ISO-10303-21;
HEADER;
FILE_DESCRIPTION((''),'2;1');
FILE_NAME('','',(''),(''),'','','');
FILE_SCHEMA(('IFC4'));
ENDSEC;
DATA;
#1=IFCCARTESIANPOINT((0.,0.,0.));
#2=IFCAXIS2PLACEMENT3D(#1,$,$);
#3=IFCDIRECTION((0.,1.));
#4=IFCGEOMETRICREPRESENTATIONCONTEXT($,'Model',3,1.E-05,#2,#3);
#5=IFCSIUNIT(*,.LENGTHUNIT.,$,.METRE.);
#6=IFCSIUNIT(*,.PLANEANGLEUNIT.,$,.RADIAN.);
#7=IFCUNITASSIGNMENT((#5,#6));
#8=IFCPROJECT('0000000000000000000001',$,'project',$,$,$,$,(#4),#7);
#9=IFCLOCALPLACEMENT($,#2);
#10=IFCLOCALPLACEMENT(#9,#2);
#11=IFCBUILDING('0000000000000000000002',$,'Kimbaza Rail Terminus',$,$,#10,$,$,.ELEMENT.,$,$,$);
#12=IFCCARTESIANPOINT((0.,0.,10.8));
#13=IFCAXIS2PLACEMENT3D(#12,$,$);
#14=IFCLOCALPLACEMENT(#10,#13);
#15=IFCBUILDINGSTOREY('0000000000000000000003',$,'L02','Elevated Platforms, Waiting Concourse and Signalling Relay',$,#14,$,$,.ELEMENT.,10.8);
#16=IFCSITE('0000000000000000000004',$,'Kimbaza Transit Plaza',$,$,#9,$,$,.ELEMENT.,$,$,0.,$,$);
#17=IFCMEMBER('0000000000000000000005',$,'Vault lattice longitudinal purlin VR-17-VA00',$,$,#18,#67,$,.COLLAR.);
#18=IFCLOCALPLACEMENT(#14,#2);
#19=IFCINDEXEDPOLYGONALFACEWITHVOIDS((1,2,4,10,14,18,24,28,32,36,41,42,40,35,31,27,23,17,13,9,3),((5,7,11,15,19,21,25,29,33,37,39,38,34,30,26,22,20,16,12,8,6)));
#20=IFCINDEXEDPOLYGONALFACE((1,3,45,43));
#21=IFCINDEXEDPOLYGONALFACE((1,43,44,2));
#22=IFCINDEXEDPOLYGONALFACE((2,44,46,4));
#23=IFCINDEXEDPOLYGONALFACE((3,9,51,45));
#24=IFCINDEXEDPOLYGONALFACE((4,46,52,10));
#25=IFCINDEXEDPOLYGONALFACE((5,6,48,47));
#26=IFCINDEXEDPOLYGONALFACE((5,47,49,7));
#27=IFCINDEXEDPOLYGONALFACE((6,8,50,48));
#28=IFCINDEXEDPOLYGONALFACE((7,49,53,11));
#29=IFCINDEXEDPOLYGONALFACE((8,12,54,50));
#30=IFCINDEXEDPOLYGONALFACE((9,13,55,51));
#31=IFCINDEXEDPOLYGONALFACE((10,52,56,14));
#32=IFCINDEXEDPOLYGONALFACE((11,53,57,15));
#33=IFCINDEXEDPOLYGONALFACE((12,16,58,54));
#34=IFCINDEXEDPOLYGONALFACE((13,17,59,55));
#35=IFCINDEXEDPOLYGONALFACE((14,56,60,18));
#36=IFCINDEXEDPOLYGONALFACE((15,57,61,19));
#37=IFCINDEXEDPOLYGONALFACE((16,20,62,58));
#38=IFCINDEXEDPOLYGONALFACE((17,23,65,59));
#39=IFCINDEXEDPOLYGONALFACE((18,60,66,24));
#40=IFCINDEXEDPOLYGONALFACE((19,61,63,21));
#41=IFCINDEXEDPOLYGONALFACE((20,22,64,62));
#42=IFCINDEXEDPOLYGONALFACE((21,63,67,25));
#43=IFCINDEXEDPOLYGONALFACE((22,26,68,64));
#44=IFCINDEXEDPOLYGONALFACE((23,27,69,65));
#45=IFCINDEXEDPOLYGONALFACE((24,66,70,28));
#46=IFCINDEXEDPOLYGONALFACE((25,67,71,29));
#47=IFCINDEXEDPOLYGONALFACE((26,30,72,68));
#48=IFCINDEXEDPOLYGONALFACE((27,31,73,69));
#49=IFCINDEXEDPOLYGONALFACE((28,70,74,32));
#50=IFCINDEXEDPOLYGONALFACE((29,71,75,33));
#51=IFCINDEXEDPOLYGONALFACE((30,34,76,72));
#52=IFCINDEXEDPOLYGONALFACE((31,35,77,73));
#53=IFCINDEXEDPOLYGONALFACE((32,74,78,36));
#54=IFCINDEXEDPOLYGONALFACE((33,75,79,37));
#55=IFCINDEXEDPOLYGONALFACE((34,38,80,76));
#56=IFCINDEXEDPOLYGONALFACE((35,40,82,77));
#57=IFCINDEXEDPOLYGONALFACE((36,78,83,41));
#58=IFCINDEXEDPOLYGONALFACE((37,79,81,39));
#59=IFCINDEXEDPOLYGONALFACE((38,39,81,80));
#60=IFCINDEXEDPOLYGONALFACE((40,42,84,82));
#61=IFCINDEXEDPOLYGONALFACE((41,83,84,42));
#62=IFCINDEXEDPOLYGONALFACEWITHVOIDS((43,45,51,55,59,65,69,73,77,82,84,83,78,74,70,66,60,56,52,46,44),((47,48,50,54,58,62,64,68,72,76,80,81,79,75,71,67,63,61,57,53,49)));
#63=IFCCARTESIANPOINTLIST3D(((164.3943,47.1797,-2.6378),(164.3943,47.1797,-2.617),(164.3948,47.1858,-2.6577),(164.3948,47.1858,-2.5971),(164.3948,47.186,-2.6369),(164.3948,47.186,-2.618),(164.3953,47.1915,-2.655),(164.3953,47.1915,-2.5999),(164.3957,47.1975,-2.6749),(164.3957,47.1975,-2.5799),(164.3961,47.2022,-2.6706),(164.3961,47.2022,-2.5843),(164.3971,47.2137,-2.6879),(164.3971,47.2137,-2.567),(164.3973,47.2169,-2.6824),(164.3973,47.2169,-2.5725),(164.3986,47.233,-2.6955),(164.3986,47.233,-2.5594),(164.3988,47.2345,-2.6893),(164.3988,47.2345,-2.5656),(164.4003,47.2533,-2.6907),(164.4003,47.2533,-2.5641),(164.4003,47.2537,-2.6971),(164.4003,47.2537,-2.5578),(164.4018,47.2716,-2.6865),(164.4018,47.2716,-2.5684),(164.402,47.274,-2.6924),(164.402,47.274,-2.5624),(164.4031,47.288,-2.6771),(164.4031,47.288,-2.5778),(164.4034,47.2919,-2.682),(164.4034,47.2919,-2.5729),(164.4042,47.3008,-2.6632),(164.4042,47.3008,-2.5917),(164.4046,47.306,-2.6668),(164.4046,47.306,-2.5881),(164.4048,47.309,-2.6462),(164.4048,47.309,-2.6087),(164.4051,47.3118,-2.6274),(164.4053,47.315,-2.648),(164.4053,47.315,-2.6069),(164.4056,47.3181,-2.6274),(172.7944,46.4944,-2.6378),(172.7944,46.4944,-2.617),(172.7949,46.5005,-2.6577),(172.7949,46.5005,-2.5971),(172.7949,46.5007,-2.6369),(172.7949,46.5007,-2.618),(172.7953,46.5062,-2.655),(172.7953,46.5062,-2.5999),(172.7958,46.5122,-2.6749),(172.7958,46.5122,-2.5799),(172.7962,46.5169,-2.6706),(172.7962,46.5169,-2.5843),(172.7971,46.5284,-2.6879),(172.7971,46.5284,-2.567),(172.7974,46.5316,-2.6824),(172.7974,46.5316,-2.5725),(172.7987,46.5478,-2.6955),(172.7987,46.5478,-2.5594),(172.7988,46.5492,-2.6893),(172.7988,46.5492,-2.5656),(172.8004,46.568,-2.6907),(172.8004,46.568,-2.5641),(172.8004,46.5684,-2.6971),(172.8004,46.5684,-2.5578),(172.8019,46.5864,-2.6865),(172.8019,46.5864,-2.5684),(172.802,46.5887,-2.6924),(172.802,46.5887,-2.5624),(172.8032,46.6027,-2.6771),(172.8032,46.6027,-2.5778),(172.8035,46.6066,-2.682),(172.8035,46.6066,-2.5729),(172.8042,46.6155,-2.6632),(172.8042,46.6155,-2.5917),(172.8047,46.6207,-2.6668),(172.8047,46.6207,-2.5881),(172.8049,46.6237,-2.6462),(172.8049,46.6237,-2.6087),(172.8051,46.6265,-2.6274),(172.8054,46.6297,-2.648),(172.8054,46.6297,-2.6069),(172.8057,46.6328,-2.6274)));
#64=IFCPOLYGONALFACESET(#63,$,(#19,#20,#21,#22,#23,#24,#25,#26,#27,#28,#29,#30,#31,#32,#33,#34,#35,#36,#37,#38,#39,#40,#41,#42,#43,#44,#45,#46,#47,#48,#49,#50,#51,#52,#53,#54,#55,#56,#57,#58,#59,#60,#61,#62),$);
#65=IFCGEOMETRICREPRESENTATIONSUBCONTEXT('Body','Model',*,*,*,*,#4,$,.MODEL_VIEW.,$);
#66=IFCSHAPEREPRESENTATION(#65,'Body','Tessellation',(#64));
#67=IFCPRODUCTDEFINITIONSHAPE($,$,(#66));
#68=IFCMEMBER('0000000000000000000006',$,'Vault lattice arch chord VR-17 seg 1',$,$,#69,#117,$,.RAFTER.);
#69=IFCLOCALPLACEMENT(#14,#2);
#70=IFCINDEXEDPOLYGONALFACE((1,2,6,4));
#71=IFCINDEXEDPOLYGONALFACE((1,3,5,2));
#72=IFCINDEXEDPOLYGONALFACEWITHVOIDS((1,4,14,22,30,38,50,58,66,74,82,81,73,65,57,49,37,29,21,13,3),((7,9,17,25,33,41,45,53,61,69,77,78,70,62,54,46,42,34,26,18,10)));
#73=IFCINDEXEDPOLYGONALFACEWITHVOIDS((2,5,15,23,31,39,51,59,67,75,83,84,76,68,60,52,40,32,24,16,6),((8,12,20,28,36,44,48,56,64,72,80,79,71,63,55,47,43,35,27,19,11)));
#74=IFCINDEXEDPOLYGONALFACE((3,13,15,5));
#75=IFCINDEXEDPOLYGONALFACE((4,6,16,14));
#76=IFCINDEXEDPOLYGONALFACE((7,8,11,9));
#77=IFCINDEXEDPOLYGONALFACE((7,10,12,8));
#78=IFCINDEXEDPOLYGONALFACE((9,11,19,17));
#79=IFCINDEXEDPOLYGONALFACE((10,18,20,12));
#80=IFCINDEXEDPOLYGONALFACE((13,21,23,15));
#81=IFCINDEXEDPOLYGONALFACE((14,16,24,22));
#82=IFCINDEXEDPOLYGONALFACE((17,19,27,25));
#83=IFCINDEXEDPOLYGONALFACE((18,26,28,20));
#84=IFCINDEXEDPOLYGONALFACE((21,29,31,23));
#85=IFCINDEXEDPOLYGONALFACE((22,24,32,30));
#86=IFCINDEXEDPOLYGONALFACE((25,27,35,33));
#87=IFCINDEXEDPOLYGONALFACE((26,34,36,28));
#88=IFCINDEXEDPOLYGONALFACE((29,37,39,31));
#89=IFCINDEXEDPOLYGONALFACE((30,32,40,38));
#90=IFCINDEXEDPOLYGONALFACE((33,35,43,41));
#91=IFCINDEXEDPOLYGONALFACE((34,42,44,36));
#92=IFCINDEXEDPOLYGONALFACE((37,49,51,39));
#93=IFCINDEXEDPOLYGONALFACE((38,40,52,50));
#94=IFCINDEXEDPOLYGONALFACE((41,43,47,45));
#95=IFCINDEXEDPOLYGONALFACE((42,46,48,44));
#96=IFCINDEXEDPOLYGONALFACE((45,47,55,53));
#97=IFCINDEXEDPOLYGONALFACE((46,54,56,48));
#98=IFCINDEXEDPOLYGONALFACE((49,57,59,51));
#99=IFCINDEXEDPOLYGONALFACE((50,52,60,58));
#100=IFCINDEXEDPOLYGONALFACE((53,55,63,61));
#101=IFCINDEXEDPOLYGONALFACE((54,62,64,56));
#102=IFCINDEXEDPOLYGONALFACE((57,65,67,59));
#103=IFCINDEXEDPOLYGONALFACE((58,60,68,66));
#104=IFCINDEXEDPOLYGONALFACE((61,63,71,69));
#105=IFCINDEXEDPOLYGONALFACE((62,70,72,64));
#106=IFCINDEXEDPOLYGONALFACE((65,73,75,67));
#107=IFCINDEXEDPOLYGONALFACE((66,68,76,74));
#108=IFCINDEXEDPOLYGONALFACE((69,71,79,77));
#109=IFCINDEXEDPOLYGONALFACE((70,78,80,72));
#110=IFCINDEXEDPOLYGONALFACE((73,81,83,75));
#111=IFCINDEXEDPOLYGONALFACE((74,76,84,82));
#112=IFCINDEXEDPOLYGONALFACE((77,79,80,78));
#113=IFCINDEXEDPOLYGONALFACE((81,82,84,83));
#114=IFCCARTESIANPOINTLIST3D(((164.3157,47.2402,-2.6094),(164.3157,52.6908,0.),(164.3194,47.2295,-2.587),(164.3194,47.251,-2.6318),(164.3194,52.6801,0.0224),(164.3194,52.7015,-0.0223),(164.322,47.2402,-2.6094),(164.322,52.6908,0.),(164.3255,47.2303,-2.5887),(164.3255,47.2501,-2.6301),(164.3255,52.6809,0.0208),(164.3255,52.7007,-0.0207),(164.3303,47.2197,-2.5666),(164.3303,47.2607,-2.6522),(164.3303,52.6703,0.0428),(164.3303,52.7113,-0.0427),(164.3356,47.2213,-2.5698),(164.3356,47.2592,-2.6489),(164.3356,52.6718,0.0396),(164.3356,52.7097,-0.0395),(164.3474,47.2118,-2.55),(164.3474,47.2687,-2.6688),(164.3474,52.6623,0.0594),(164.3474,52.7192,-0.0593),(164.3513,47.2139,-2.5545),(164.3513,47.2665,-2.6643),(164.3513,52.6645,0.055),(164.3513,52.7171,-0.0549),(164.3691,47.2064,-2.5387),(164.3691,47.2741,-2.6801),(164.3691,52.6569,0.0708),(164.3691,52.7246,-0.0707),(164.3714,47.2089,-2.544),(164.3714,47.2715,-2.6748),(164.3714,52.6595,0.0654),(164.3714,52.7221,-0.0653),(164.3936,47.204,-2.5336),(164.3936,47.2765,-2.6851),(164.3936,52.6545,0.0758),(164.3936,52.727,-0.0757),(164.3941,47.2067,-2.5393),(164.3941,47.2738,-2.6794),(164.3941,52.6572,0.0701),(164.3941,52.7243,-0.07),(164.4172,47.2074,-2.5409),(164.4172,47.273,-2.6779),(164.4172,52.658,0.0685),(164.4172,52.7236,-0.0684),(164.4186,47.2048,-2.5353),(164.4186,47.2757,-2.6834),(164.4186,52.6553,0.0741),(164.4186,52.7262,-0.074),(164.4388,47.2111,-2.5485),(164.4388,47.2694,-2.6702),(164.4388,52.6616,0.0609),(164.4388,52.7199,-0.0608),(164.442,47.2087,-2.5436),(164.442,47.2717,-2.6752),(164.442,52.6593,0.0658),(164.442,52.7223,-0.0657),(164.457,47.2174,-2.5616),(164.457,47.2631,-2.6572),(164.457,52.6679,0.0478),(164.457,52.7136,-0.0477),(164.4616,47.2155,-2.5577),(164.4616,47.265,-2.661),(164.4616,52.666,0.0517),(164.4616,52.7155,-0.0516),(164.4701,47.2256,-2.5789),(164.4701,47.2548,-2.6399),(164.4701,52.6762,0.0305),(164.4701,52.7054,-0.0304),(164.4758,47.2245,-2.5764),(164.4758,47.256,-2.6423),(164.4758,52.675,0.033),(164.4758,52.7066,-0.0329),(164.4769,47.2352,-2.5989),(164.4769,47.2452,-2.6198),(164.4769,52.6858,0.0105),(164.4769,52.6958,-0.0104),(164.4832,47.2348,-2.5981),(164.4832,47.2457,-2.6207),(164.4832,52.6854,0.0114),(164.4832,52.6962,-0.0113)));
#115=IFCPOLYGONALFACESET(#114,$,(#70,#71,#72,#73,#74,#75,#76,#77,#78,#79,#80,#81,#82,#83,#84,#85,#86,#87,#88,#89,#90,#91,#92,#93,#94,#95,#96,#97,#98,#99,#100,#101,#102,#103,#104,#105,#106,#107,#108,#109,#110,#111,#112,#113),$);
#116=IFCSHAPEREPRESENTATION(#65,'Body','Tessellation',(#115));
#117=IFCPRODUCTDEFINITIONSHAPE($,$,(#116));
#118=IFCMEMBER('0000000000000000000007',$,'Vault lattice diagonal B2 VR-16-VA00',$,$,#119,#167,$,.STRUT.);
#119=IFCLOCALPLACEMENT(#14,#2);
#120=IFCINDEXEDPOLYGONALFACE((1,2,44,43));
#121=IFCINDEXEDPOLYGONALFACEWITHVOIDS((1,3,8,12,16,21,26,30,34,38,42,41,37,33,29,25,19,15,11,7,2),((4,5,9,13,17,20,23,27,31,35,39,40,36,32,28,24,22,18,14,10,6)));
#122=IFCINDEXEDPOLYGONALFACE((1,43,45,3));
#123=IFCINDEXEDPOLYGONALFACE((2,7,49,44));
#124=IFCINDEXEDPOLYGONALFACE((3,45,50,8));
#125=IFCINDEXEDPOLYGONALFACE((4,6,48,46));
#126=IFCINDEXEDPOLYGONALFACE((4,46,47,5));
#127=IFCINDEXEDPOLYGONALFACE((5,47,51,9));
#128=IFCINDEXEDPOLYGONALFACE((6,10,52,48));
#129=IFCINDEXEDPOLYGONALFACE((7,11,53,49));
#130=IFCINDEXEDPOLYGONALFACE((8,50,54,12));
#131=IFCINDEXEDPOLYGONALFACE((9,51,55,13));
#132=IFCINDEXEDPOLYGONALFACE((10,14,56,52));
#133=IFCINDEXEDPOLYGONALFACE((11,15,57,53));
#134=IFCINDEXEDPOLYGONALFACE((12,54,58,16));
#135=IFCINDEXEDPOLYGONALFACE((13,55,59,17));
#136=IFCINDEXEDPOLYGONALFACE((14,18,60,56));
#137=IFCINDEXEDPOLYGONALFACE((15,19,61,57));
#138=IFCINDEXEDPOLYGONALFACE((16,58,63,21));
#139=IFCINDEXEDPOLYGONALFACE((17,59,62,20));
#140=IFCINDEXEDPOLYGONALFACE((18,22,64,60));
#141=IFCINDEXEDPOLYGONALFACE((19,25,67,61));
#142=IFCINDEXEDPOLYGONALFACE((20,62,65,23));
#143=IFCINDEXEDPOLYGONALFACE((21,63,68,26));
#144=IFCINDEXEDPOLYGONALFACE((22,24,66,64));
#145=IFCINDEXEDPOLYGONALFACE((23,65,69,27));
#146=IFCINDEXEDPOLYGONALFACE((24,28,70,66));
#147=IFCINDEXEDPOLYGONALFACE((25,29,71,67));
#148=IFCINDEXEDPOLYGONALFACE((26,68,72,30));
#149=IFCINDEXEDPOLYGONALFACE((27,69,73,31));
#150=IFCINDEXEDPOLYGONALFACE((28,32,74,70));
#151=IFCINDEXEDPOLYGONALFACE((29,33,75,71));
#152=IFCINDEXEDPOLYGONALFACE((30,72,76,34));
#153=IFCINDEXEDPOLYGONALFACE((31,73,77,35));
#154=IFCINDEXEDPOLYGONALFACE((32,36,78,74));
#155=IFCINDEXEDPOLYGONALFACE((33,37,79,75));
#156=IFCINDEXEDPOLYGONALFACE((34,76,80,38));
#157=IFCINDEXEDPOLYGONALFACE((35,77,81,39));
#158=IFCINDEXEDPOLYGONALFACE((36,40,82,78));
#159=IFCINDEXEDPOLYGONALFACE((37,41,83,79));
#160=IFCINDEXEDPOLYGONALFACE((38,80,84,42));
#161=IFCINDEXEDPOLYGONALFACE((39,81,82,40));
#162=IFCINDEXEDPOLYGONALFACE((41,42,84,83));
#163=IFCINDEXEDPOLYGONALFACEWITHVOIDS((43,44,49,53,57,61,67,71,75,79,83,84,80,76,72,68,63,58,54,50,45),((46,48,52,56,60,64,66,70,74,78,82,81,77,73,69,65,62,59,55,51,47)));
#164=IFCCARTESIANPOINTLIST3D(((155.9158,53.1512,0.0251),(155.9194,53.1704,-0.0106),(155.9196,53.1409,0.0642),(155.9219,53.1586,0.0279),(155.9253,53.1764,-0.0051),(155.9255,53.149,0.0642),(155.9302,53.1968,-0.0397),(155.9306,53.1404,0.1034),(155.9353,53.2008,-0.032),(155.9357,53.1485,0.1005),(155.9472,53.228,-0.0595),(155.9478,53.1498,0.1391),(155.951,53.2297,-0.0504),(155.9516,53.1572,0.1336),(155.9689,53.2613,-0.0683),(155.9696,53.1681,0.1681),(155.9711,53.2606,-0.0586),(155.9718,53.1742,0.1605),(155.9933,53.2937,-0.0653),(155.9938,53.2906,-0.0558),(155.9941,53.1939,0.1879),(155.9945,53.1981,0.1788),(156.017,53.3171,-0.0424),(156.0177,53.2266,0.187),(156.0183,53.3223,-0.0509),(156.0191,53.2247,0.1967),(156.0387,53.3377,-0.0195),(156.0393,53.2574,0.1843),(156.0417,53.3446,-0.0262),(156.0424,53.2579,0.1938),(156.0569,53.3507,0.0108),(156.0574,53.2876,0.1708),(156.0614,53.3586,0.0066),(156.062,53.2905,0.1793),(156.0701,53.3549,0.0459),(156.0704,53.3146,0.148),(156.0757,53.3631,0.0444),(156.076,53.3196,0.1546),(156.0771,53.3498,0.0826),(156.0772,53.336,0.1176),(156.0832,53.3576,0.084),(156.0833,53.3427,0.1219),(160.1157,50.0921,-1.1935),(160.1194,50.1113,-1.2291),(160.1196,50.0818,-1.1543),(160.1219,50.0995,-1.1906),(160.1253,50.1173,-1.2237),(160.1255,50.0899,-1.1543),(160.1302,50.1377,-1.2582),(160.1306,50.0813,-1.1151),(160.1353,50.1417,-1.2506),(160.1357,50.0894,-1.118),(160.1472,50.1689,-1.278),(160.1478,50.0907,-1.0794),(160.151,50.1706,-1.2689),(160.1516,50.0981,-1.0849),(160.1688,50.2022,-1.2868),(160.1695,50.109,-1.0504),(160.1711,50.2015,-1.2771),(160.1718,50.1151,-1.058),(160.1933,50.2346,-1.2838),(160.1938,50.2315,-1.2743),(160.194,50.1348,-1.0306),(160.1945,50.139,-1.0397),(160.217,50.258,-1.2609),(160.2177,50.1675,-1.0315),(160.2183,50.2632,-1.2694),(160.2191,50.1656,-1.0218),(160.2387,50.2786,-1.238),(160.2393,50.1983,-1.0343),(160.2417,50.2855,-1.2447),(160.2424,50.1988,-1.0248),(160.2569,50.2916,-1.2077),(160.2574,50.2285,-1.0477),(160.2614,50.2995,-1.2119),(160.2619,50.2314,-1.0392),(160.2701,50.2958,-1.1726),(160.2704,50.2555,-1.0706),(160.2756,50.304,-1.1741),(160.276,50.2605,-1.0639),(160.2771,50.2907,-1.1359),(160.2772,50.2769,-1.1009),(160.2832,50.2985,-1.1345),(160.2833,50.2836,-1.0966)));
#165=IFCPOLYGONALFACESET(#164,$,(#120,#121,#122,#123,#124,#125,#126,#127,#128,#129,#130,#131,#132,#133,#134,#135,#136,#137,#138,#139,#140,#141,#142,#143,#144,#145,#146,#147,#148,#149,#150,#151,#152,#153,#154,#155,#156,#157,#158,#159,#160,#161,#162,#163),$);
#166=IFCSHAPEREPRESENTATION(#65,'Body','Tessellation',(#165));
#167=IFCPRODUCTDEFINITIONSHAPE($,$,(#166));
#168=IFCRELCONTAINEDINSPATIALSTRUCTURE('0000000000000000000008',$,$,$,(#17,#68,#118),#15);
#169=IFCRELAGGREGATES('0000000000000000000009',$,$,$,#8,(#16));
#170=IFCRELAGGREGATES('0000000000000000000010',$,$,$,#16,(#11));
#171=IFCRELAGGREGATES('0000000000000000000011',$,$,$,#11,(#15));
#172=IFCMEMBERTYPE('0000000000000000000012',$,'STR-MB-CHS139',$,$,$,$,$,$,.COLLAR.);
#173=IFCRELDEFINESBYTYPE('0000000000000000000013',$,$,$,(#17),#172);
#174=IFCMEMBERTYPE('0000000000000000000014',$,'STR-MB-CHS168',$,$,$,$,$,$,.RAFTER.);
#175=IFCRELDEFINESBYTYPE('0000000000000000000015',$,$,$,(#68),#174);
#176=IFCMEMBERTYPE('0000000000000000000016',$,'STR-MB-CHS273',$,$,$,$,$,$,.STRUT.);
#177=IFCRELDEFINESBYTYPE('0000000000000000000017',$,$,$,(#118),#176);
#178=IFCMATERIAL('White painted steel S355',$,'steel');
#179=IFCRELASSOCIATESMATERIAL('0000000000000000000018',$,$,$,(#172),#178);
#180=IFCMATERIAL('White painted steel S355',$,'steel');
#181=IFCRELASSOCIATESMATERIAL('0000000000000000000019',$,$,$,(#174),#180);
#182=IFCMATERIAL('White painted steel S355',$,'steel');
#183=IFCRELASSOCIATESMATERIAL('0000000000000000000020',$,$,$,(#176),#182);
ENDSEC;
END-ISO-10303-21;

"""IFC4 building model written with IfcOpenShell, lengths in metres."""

from ifc_helpers import new_model, si_unit, direction, frame, origin, origin_2d, place, context, subcontext, project, spatial, hollow_circle, extrude, material, material_profile, profile_set, type_object, element, save


model = new_model("IFC4")

# Units and contexts
model_context = context("Model", 3, precision=1e-05, world=origin(), true_north=direction((0.0, 1.0)))
body_context = subcontext(model_context, "Body", "Model", "MODEL_VIEW")
ifc_project = project(units=[si_unit("LENGTHUNIT", "METRE"), si_unit("PLANEANGLEUNIT", "RADIAN")], contexts=[model_context])

# Site, building, storey
site_placement = place(None, origin())
site = spatial("IfcSite", under=ifc_project, at=site_placement, Name="Kimbaza Transit Plaza", CompositionType="ELEMENT", RefElevation=0.0)
building_placement = place(site_placement, origin())
building = spatial("IfcBuilding", under=site, at=building_placement, Name="Kimbaza Rail Terminus", CompositionType="ELEMENT")
storey_placement = place(building_placement, frame((0.0, 0.0, 10.8)))
storey = spatial("IfcBuildingStorey", under=building, at=storey_placement, Name="L02", Description="Elevated Platforms, Waiting Concourse and Signalling Relay", CompositionType="ELEMENT", Elevation=10.8)

# Members
ifc_material_1 = material(Name="White painted steel S355", Category="steel")
ifc_material_profile_1 = material_profile(ifc_material_1, hollow_circle(Radius=0.0698, WallThickness=0.0063, at=origin_2d()), Name="CHS 139.7x6.3")
ifc_profile_set_1 = profile_set([ifc_material_profile_1], Name="White painted steel S355")
member_type_1 = type_object("IfcMemberType", Name="STR-MB-CHS139", PredefinedType="COLLAR", material=ifc_profile_set_1)
member_1_placement = place(storey_placement, frame((164.3999, 47.2485, -2.6274), z_axis=(0.996689, -0.081312, 0.0), x_axis=(0.081312, 0.996689, 0.0)))
element("IfcMember", 1, at=member_1_placement, inside=storey, type_object=member_type_1, Name="Vault lattice longitudinal purlin VR-17-VA00", PredefinedType="COLLAR", context=body_context, shape_type="SweptSolid", body=[
    extrude(hollow_circle(Radius=0.0698, WallThickness=0.0063, at=origin_2d()), origin(), (0.0, 0.0, 1.0), 8.428),
])
ifc_material_2 = material(Name="White painted steel S355", Category="steel")
ifc_material_profile_2 = material_profile(ifc_material_2, hollow_circle(Radius=0.0842, WallThickness=0.0063, at=origin_2d()), Name="CHS 168.3x6.3")
ifc_profile_set_2 = profile_set([ifc_material_profile_2], Name="White painted steel S355")
member_type_2 = type_object("IfcMemberType", Name="STR-MB-CHS168", PredefinedType="RAFTER", material=ifc_profile_set_2)
member_2_placement = place(storey_placement, frame((164.3999, 47.2402, -2.6094), z_axis=(0.0, 0.901964, 0.431811), x_axis=(-1.0, 0.0, 0.0)))
element("IfcMember", 2, at=member_2_placement, inside=storey, type_object=member_type_2, Name="Vault lattice arch chord VR-17 seg 1", PredefinedType="RAFTER", context=body_context, shape_type="SweptSolid", body=[
    extrude(hollow_circle(Radius=0.0842, WallThickness=0.0063, at=origin_2d()), origin(), (0.0, 0.0, 1.0), 6.043),
])
ifc_material_3 = material(Name="White painted steel S355", Category="steel")
ifc_material_profile_3 = material_profile(ifc_material_3, hollow_circle(Radius=0.1365, WallThickness=0.01, at=origin_2d()), Name="CHS 273x10")
ifc_profile_set_3 = profile_set([ifc_material_profile_3], Name="White painted steel S355")
member_type_3 = type_object("IfcMemberType", Name="STR-MB-CHS273", PredefinedType="STRUT", material=ifc_profile_set_3)
member_3_placement = place(storey_placement, frame((160.2, 50.1921, -1.1543), z_axis=(-0.786967, 0.573196, 0.228318), x_axis=(-0.588747, -0.808317, 0.0)))
element("IfcMember", 3, at=member_3_placement, inside=storey, type_object=member_type_3, Name="Vault lattice diagonal B2 VR-16-VA00", PredefinedType="STRUT", context=body_context, shape_type="SweptSolid", body=[
    extrude(hollow_circle(Radius=0.1365, WallThickness=0.01, at=origin_2d()), origin(), (0.0, 0.0, 1.0), 5.3369),
])

save(model, "model.ifc")
